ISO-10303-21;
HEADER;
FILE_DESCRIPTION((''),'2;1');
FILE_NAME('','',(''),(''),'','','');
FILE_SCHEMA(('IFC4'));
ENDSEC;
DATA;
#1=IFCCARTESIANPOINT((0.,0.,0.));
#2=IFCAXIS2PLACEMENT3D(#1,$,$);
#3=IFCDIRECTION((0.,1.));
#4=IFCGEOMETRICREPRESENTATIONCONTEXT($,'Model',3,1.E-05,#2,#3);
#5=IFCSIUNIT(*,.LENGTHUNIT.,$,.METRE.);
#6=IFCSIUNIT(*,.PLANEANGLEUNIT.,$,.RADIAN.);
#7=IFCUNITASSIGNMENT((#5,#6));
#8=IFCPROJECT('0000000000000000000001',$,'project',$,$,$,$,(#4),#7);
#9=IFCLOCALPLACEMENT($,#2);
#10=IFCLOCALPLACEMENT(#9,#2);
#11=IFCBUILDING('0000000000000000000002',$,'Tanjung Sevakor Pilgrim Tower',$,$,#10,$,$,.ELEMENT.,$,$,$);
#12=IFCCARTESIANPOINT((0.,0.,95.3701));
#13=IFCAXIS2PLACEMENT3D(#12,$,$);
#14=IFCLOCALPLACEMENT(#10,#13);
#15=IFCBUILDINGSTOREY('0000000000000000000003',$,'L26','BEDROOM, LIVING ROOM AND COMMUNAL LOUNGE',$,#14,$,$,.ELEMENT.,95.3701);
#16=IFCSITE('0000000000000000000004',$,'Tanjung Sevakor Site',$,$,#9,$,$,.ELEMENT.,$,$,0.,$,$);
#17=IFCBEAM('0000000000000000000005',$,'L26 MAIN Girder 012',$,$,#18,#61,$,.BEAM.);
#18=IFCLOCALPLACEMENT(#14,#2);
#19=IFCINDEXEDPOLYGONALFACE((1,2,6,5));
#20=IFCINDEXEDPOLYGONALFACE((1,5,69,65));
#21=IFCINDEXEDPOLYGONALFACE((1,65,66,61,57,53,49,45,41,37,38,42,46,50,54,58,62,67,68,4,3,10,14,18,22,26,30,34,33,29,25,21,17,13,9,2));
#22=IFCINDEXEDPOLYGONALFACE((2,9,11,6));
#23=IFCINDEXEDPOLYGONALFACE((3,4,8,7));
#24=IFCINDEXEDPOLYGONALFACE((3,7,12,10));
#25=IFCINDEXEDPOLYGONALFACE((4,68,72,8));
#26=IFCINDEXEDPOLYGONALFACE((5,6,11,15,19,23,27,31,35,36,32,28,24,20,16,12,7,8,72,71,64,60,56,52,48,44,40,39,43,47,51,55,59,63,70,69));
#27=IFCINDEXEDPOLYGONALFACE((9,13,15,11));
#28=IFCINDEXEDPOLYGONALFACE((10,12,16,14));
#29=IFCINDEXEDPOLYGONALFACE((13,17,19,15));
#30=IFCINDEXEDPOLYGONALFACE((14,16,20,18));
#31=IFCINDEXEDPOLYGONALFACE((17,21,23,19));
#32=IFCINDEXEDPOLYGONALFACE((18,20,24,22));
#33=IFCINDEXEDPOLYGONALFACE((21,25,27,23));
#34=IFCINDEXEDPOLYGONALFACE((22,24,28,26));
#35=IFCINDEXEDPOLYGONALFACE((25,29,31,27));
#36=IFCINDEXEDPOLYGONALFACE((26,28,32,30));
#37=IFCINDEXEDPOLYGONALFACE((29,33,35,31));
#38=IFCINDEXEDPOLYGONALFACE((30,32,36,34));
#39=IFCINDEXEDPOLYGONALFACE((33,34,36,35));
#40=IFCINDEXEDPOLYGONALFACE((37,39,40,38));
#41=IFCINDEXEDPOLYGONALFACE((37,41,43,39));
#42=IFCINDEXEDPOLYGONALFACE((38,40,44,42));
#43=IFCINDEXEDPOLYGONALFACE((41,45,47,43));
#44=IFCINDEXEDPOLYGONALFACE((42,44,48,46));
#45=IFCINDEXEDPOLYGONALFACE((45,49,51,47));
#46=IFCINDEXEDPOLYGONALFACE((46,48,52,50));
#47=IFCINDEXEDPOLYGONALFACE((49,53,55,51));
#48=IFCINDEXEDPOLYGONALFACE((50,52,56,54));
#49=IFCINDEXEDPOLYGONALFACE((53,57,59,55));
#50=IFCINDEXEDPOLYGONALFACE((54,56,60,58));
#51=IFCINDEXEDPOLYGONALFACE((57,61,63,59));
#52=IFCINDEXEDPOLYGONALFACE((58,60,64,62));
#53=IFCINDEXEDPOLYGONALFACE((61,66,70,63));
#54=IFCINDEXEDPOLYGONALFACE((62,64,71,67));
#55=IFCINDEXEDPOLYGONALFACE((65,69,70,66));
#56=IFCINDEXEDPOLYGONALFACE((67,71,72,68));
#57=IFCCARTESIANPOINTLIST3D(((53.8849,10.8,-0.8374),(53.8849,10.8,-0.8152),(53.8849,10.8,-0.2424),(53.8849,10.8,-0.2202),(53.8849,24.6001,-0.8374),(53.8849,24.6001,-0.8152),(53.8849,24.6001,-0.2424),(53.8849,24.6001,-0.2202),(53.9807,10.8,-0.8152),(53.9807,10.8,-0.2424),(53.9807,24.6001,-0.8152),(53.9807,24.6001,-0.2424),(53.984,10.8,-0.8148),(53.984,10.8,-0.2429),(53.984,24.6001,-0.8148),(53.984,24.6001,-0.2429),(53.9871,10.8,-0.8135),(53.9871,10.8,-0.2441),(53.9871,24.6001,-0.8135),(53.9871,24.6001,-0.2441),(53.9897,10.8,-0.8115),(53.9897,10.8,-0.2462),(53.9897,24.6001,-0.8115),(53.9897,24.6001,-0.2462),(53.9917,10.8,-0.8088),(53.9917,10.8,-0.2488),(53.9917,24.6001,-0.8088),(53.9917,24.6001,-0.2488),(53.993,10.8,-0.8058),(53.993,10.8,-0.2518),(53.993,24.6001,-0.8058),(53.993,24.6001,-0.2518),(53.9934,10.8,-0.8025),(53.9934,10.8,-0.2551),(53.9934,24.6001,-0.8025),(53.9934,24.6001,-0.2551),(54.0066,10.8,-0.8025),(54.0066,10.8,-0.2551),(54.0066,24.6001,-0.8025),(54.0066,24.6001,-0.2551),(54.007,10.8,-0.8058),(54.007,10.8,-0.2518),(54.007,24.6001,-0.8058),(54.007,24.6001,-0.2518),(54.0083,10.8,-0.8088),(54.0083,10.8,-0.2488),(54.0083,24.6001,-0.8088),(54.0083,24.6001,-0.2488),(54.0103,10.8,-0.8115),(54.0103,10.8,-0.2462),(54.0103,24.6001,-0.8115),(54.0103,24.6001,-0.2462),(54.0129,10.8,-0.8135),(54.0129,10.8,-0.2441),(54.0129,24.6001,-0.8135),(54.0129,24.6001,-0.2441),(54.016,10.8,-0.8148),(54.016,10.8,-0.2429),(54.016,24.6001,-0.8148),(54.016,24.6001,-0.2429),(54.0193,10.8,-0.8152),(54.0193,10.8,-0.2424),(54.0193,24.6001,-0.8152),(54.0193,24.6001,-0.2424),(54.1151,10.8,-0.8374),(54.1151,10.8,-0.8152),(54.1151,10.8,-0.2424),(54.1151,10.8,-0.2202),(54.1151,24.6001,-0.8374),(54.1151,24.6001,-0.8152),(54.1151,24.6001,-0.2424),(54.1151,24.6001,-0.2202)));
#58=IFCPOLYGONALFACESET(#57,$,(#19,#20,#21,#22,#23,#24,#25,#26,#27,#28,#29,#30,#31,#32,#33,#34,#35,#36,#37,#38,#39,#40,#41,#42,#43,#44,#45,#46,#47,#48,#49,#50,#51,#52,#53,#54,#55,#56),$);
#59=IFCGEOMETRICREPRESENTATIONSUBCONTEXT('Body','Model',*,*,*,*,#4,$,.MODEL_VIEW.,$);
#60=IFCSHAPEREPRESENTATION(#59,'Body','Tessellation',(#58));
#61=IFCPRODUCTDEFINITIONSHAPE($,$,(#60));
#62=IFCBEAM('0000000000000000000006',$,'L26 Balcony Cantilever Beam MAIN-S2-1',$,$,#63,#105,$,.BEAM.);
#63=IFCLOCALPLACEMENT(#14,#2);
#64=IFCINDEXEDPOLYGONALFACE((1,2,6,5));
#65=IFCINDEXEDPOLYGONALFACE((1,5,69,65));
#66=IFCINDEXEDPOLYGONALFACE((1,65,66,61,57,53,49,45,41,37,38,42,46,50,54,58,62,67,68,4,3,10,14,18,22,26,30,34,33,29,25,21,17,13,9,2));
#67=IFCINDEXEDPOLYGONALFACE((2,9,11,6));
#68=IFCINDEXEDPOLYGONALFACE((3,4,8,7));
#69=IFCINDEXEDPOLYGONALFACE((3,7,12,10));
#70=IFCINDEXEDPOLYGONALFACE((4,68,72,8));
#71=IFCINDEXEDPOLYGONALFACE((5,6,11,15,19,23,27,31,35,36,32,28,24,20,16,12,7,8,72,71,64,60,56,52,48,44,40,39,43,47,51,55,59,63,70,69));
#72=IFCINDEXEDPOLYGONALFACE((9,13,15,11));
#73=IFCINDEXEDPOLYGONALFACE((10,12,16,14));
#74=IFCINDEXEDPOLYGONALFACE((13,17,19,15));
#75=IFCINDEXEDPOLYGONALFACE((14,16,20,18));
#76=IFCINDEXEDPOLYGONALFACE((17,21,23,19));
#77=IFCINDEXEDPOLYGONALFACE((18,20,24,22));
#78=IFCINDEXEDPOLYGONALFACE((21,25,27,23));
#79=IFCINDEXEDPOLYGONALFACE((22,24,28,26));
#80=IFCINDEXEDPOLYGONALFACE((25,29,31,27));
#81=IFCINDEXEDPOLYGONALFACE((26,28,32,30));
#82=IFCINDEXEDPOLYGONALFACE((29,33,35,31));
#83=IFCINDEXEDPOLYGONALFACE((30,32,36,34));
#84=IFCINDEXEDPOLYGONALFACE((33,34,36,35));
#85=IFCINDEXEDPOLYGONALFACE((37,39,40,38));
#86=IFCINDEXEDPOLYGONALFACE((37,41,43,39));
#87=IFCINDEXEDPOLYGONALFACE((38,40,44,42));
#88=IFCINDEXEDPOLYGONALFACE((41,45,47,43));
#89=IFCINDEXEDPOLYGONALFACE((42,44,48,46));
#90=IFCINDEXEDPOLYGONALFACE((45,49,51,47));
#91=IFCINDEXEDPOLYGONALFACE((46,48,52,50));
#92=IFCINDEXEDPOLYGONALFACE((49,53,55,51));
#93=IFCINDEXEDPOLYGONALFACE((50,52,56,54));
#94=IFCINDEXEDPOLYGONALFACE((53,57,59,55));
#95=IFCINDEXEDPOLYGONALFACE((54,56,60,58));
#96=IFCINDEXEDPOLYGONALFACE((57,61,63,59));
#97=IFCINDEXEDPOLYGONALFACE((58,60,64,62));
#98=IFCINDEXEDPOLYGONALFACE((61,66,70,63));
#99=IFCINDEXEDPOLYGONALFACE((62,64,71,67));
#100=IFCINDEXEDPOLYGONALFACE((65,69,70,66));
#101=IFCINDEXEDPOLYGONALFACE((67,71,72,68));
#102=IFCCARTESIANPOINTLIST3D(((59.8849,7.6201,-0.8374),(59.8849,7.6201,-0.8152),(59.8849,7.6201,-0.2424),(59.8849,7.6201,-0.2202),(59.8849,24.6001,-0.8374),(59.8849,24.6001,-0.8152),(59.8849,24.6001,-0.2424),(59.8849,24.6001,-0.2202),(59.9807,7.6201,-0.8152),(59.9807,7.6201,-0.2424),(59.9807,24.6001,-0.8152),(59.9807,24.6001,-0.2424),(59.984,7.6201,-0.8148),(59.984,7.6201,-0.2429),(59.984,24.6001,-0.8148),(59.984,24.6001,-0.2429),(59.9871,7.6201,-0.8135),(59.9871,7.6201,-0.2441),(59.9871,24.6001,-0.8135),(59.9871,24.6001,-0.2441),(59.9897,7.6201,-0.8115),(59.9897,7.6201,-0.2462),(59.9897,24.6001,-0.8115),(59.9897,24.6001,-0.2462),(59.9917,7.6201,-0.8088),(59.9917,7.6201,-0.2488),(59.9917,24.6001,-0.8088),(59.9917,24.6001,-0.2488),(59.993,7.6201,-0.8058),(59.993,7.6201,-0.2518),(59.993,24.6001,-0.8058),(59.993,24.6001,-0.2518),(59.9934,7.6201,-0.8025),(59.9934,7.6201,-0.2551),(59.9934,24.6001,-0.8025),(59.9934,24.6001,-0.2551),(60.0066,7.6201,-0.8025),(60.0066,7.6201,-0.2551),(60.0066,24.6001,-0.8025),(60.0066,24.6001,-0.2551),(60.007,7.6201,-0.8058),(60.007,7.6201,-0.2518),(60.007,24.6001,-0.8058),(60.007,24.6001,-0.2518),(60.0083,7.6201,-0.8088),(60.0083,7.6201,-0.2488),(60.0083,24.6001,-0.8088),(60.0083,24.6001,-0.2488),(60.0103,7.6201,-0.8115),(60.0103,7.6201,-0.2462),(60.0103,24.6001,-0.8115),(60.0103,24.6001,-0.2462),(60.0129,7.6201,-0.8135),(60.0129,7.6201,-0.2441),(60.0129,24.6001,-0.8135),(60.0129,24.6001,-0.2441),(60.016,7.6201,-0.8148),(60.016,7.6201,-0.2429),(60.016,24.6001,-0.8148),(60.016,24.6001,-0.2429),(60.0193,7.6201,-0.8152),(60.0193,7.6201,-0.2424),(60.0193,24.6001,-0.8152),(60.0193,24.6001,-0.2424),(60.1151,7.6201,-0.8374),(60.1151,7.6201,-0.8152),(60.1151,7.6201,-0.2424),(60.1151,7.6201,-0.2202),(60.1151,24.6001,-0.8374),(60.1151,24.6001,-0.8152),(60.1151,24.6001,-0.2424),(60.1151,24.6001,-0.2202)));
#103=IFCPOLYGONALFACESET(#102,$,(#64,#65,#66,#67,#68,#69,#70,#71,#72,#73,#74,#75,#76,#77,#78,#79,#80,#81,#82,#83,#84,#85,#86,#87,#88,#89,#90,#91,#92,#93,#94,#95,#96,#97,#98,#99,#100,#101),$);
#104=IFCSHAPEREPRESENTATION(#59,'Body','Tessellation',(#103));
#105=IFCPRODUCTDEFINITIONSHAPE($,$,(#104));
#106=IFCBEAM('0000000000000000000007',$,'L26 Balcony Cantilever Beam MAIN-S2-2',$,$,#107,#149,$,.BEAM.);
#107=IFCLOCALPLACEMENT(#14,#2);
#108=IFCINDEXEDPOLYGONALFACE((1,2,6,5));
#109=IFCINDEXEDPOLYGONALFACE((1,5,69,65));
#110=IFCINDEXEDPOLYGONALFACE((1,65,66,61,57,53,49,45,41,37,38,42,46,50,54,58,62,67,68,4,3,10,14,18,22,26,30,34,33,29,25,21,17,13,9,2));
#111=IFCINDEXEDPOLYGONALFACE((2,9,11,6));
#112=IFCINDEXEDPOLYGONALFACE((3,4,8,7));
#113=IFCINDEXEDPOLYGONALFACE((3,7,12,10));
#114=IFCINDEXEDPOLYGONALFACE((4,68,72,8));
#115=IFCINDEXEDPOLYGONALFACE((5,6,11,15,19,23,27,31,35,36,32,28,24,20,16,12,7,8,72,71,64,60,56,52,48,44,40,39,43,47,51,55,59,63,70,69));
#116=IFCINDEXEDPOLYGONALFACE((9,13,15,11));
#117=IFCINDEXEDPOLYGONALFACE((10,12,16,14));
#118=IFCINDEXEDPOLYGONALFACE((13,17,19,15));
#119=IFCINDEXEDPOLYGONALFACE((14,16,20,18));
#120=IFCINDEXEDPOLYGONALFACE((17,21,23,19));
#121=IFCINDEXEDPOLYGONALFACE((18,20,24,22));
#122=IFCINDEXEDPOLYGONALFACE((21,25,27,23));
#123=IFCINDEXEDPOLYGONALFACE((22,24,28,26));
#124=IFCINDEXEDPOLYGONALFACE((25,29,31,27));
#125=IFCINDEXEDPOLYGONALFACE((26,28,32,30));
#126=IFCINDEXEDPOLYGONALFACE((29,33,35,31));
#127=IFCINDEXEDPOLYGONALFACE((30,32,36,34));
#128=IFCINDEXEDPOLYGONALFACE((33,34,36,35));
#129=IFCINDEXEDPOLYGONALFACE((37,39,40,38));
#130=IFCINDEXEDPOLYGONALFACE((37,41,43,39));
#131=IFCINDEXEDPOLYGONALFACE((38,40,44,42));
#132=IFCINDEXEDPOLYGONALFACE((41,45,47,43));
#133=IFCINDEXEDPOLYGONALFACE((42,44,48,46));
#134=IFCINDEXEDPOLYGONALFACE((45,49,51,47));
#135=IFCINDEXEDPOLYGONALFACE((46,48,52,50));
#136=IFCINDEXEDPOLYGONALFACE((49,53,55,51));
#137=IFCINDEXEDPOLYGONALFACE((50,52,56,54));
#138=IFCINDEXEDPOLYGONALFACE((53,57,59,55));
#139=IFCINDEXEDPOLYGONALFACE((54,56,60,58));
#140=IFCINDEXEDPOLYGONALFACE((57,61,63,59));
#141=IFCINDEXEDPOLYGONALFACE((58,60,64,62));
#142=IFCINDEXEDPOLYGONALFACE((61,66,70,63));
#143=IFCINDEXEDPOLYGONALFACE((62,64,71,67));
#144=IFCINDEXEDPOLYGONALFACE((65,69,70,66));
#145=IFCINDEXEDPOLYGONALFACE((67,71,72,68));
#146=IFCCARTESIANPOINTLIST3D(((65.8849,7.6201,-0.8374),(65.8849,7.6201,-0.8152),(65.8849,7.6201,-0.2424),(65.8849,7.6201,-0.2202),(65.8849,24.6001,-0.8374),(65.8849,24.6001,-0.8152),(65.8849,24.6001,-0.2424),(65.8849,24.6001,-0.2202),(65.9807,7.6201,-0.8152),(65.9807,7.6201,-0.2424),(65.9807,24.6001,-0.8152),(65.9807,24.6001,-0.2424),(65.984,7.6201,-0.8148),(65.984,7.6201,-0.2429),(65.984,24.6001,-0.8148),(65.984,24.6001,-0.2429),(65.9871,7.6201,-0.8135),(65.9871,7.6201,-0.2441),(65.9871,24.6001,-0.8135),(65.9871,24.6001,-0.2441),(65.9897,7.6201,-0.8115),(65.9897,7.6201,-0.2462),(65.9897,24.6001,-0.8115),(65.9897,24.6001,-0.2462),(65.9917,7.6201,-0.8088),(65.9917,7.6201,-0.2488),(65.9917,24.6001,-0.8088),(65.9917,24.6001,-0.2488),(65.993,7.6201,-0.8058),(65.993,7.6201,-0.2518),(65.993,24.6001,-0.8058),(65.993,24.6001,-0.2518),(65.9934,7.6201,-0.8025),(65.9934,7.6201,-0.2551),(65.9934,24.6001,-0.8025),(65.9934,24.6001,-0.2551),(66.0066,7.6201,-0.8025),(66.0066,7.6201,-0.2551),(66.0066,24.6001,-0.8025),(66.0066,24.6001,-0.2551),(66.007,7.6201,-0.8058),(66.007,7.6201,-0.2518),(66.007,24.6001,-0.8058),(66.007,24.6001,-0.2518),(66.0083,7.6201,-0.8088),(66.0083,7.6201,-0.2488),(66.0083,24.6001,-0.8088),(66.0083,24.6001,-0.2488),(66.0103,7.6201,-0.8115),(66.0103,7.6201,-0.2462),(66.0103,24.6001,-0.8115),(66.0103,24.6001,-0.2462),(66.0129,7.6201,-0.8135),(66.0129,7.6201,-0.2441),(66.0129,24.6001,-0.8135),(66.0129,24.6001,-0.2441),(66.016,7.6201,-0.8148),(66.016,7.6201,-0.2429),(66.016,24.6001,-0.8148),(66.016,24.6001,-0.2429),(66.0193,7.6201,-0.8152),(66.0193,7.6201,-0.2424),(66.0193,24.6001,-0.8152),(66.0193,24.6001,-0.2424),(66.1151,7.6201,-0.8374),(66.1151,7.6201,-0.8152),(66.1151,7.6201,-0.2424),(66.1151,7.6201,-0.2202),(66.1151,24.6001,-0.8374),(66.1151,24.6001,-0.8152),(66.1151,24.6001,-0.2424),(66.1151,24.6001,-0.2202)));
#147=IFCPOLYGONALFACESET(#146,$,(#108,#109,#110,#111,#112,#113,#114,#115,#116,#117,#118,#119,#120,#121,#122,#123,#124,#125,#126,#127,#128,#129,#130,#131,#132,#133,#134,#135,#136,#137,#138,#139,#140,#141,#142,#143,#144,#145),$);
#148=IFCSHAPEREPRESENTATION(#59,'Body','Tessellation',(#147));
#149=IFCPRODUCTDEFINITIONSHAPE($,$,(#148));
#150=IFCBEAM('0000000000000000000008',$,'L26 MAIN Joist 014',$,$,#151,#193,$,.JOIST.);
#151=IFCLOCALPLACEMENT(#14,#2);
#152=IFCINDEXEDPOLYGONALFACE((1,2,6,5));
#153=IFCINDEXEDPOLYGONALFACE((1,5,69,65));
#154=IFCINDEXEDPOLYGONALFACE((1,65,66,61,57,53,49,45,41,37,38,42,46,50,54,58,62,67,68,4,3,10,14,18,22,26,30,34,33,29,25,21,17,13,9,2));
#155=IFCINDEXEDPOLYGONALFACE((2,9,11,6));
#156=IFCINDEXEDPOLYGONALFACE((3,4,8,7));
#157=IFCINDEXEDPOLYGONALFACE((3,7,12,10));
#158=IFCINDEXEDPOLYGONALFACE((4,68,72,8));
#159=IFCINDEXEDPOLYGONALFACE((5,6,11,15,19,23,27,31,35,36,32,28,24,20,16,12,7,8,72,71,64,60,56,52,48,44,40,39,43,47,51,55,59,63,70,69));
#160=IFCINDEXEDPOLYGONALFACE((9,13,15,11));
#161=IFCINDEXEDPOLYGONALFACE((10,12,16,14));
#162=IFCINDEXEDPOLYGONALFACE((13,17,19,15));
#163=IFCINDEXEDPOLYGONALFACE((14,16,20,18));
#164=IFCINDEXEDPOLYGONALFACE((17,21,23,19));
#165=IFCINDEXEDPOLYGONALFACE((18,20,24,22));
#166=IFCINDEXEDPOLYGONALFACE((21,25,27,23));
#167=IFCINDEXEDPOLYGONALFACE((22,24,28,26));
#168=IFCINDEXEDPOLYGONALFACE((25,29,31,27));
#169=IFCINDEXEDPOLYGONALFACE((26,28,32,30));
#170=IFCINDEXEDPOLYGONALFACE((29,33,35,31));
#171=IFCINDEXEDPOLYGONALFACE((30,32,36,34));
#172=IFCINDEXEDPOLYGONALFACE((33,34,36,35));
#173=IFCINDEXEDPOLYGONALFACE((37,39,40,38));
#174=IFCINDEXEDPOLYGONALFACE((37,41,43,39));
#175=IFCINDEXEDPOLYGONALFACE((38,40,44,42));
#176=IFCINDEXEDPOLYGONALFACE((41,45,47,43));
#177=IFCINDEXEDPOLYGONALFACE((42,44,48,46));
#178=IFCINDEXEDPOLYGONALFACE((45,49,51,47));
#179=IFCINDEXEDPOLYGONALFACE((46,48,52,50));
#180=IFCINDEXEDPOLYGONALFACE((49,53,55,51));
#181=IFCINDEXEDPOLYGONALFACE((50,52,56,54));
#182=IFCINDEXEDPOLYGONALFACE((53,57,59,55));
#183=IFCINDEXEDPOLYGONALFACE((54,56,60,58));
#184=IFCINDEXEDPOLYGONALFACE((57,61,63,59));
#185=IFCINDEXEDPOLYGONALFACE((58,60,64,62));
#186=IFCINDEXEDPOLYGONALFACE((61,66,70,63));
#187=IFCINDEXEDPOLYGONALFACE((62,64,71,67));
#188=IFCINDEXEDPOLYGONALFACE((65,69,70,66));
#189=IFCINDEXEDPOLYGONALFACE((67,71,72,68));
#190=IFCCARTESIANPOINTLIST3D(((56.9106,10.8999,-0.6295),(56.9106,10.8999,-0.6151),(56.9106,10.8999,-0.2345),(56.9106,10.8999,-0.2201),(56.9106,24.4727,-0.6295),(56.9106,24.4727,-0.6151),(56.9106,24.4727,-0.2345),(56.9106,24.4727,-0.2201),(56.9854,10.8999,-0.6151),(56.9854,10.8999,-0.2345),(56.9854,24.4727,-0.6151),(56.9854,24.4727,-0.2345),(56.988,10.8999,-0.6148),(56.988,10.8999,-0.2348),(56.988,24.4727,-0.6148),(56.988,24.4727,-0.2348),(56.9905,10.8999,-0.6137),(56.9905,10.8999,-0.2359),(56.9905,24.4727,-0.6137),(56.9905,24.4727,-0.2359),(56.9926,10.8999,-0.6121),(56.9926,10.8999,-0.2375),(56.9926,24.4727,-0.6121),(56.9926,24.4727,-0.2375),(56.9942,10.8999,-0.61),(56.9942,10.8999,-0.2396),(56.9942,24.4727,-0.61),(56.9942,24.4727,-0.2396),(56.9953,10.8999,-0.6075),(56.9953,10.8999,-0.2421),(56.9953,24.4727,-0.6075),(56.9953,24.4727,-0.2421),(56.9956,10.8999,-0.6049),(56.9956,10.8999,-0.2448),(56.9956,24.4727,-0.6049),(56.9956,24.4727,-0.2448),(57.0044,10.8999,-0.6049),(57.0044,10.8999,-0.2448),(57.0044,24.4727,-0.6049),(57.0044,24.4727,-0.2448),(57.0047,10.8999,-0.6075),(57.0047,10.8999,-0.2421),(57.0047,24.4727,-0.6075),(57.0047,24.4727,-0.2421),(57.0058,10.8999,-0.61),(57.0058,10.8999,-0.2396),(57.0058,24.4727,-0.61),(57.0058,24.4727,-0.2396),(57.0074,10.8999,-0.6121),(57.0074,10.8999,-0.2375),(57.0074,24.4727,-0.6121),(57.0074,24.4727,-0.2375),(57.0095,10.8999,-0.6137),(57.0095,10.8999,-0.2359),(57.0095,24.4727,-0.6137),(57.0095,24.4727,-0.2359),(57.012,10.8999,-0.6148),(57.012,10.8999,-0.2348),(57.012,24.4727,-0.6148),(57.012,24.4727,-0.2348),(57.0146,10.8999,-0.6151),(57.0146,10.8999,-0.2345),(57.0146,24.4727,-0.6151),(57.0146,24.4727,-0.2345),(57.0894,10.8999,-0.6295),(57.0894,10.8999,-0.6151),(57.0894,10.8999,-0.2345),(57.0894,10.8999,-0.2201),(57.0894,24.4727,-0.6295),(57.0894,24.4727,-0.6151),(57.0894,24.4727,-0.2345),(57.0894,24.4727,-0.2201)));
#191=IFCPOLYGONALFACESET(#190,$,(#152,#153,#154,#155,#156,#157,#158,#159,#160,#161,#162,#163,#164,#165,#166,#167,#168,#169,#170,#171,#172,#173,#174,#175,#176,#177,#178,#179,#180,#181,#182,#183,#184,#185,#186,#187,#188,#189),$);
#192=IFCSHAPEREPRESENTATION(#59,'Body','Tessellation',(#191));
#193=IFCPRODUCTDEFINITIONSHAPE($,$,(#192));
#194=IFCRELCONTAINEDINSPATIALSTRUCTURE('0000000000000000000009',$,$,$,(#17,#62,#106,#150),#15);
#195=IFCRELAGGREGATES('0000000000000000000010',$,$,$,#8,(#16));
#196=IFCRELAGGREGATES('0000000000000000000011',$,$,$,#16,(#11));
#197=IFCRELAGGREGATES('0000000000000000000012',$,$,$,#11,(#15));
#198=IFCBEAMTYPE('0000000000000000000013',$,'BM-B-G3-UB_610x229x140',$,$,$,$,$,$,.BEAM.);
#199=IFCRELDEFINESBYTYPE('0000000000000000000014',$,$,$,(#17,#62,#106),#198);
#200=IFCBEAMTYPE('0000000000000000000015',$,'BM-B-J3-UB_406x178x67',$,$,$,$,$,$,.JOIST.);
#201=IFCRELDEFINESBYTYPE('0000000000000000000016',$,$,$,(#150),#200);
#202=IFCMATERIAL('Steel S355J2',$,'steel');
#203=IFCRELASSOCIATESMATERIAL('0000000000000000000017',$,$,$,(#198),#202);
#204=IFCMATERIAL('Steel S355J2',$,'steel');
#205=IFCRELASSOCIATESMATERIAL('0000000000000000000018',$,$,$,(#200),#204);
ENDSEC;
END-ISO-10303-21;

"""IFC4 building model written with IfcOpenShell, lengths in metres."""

from ifc_helpers import new_model, si_unit, direction, frame, origin, origin_2d, place, context, subcontext, project, spatial, i_section, extrude, material, material_profile, profile_set, type_object, element, save


model = new_model("IFC4")

# Units and contexts
model_context = context("Model", 3, precision=1e-05, world=origin(), true_north=direction((0.0, 1.0)))
body_context = subcontext(model_context, "Body", "Model", "MODEL_VIEW")
ifc_project = project(units=[si_unit("LENGTHUNIT", "METRE"), si_unit("PLANEANGLEUNIT", "RADIAN")], contexts=[model_context])

# Site, building, storey
site_placement = place(None, origin())
site = spatial("IfcSite", under=ifc_project, at=site_placement, Name="Tanjung Sevakor Site", CompositionType="ELEMENT", RefElevation=0.0)
building_placement = place(site_placement, origin())
building = spatial("IfcBuilding", under=site, at=building_placement, Name="Tanjung Sevakor Pilgrim Tower", CompositionType="ELEMENT")
storey_placement = place(building_placement, frame((0.0, 0.0, 95.3701)))
storey = spatial("IfcBuildingStorey", under=building, at=storey_placement, Name="L26", Description="BEDROOM, LIVING ROOM AND COMMUNAL LOUNGE", CompositionType="ELEMENT", Elevation=95.3701)

# Beams
ifc_material_1 = material(Name="Steel S355J2", Category="steel")
ifc_material_profile_1 = material_profile(ifc_material_1, i_section(OverallWidth=0.2302, OverallDepth=0.6172, WebThickness=0.0132, FlangeThickness=0.0222, FilletRadius=0.0127, at=origin_2d()))
ifc_profile_set_1 = profile_set([ifc_material_profile_1], Name="Steel S355J2")
beam_type_1 = type_object("IfcBeamType", Name="BM-B-G3-UB_610x229x140", PredefinedType="BEAM", material=ifc_profile_set_1)
beam_1_placement = place(storey_placement, frame((54.0, 10.8, -0.5288), z_axis=(0.0, 1.0, 0.0), x_axis=(-1.0, 0.0, 0.0)))
element("IfcBeam", 1, at=beam_1_placement, inside=storey, type_object=beam_type_1, Name="L26 MAIN Girder 012", PredefinedType="BEAM", context=body_context, shape_type="SweptSolid", body=[
    extrude(i_section(OverallWidth=0.2302, OverallDepth=0.6172, WebThickness=0.0132, FlangeThickness=0.0222, FilletRadius=0.0127, at=origin_2d()), origin(), (0.0, 0.0, 1.0), 13.8),
])
for number, where, z_axis, x_axis, name in (
    (2, (60.0, 24.6001, -0.5288), (0.0, -1.0, 0.0), (1.0, 0.0, 0.0), "L26 Balcony Cantilever Beam MAIN-S2-1"),
    (3, (66.0, 24.6001, -0.5288), (0.0, -1.0, 0.0), (1.0, 0.0, 0.0), "L26 Balcony Cantilever Beam MAIN-S2-2"),
):
    element("IfcBeam", number, at=place(storey_placement, frame(where, z_axis=z_axis, x_axis=x_axis)), inside=storey, type_object=beam_type_1, Name=name, PredefinedType="BEAM", context=body_context, shape_type="SweptSolid", body=[
        extrude(i_section(OverallWidth=0.2302, OverallDepth=0.6172, WebThickness=0.0132, FlangeThickness=0.0222, FilletRadius=0.0127, at=origin_2d()), origin(), (0.0, 0.0, 1.0), 16.98),
    ])
ifc_material_2 = material(Name="Steel S355J2", Category="steel")
ifc_material_profile_2 = material_profile(ifc_material_2, i_section(OverallWidth=0.1787, OverallDepth=0.4094, WebThickness=0.0088, FlangeThickness=0.0144, FilletRadius=0.0103, at=origin_2d()))
ifc_profile_set_2 = profile_set([ifc_material_profile_2], Name="Steel S355J2")
beam_type_2 = type_object("IfcBeamType", Name="BM-B-J3-UB_406x178x67", PredefinedType="JOIST", material=ifc_profile_set_2)
for number, where, z_axis, x_axis, name in (
    (4, (57.0, 10.8999, -0.4248), (0.0, 1.0, 0.0), (-1.0, 0.0, 0.0), "L26 MAIN Joist 014"),
):
    element("IfcBeam", number, at=place(storey_placement, frame(where, z_axis=z_axis, x_axis=x_axis)), inside=storey, type_object=beam_type_2, Name=name, PredefinedType="JOIST", context=body_context, shape_type="SweptSolid", body=[
        extrude(i_section(OverallWidth=0.1787, OverallDepth=0.4094, WebThickness=0.0088, FlangeThickness=0.0144, FilletRadius=0.0103, at=origin_2d()), origin(), (0.0, 0.0, 1.0), 13.5728),
    ])

save(model, "model.ifc")
